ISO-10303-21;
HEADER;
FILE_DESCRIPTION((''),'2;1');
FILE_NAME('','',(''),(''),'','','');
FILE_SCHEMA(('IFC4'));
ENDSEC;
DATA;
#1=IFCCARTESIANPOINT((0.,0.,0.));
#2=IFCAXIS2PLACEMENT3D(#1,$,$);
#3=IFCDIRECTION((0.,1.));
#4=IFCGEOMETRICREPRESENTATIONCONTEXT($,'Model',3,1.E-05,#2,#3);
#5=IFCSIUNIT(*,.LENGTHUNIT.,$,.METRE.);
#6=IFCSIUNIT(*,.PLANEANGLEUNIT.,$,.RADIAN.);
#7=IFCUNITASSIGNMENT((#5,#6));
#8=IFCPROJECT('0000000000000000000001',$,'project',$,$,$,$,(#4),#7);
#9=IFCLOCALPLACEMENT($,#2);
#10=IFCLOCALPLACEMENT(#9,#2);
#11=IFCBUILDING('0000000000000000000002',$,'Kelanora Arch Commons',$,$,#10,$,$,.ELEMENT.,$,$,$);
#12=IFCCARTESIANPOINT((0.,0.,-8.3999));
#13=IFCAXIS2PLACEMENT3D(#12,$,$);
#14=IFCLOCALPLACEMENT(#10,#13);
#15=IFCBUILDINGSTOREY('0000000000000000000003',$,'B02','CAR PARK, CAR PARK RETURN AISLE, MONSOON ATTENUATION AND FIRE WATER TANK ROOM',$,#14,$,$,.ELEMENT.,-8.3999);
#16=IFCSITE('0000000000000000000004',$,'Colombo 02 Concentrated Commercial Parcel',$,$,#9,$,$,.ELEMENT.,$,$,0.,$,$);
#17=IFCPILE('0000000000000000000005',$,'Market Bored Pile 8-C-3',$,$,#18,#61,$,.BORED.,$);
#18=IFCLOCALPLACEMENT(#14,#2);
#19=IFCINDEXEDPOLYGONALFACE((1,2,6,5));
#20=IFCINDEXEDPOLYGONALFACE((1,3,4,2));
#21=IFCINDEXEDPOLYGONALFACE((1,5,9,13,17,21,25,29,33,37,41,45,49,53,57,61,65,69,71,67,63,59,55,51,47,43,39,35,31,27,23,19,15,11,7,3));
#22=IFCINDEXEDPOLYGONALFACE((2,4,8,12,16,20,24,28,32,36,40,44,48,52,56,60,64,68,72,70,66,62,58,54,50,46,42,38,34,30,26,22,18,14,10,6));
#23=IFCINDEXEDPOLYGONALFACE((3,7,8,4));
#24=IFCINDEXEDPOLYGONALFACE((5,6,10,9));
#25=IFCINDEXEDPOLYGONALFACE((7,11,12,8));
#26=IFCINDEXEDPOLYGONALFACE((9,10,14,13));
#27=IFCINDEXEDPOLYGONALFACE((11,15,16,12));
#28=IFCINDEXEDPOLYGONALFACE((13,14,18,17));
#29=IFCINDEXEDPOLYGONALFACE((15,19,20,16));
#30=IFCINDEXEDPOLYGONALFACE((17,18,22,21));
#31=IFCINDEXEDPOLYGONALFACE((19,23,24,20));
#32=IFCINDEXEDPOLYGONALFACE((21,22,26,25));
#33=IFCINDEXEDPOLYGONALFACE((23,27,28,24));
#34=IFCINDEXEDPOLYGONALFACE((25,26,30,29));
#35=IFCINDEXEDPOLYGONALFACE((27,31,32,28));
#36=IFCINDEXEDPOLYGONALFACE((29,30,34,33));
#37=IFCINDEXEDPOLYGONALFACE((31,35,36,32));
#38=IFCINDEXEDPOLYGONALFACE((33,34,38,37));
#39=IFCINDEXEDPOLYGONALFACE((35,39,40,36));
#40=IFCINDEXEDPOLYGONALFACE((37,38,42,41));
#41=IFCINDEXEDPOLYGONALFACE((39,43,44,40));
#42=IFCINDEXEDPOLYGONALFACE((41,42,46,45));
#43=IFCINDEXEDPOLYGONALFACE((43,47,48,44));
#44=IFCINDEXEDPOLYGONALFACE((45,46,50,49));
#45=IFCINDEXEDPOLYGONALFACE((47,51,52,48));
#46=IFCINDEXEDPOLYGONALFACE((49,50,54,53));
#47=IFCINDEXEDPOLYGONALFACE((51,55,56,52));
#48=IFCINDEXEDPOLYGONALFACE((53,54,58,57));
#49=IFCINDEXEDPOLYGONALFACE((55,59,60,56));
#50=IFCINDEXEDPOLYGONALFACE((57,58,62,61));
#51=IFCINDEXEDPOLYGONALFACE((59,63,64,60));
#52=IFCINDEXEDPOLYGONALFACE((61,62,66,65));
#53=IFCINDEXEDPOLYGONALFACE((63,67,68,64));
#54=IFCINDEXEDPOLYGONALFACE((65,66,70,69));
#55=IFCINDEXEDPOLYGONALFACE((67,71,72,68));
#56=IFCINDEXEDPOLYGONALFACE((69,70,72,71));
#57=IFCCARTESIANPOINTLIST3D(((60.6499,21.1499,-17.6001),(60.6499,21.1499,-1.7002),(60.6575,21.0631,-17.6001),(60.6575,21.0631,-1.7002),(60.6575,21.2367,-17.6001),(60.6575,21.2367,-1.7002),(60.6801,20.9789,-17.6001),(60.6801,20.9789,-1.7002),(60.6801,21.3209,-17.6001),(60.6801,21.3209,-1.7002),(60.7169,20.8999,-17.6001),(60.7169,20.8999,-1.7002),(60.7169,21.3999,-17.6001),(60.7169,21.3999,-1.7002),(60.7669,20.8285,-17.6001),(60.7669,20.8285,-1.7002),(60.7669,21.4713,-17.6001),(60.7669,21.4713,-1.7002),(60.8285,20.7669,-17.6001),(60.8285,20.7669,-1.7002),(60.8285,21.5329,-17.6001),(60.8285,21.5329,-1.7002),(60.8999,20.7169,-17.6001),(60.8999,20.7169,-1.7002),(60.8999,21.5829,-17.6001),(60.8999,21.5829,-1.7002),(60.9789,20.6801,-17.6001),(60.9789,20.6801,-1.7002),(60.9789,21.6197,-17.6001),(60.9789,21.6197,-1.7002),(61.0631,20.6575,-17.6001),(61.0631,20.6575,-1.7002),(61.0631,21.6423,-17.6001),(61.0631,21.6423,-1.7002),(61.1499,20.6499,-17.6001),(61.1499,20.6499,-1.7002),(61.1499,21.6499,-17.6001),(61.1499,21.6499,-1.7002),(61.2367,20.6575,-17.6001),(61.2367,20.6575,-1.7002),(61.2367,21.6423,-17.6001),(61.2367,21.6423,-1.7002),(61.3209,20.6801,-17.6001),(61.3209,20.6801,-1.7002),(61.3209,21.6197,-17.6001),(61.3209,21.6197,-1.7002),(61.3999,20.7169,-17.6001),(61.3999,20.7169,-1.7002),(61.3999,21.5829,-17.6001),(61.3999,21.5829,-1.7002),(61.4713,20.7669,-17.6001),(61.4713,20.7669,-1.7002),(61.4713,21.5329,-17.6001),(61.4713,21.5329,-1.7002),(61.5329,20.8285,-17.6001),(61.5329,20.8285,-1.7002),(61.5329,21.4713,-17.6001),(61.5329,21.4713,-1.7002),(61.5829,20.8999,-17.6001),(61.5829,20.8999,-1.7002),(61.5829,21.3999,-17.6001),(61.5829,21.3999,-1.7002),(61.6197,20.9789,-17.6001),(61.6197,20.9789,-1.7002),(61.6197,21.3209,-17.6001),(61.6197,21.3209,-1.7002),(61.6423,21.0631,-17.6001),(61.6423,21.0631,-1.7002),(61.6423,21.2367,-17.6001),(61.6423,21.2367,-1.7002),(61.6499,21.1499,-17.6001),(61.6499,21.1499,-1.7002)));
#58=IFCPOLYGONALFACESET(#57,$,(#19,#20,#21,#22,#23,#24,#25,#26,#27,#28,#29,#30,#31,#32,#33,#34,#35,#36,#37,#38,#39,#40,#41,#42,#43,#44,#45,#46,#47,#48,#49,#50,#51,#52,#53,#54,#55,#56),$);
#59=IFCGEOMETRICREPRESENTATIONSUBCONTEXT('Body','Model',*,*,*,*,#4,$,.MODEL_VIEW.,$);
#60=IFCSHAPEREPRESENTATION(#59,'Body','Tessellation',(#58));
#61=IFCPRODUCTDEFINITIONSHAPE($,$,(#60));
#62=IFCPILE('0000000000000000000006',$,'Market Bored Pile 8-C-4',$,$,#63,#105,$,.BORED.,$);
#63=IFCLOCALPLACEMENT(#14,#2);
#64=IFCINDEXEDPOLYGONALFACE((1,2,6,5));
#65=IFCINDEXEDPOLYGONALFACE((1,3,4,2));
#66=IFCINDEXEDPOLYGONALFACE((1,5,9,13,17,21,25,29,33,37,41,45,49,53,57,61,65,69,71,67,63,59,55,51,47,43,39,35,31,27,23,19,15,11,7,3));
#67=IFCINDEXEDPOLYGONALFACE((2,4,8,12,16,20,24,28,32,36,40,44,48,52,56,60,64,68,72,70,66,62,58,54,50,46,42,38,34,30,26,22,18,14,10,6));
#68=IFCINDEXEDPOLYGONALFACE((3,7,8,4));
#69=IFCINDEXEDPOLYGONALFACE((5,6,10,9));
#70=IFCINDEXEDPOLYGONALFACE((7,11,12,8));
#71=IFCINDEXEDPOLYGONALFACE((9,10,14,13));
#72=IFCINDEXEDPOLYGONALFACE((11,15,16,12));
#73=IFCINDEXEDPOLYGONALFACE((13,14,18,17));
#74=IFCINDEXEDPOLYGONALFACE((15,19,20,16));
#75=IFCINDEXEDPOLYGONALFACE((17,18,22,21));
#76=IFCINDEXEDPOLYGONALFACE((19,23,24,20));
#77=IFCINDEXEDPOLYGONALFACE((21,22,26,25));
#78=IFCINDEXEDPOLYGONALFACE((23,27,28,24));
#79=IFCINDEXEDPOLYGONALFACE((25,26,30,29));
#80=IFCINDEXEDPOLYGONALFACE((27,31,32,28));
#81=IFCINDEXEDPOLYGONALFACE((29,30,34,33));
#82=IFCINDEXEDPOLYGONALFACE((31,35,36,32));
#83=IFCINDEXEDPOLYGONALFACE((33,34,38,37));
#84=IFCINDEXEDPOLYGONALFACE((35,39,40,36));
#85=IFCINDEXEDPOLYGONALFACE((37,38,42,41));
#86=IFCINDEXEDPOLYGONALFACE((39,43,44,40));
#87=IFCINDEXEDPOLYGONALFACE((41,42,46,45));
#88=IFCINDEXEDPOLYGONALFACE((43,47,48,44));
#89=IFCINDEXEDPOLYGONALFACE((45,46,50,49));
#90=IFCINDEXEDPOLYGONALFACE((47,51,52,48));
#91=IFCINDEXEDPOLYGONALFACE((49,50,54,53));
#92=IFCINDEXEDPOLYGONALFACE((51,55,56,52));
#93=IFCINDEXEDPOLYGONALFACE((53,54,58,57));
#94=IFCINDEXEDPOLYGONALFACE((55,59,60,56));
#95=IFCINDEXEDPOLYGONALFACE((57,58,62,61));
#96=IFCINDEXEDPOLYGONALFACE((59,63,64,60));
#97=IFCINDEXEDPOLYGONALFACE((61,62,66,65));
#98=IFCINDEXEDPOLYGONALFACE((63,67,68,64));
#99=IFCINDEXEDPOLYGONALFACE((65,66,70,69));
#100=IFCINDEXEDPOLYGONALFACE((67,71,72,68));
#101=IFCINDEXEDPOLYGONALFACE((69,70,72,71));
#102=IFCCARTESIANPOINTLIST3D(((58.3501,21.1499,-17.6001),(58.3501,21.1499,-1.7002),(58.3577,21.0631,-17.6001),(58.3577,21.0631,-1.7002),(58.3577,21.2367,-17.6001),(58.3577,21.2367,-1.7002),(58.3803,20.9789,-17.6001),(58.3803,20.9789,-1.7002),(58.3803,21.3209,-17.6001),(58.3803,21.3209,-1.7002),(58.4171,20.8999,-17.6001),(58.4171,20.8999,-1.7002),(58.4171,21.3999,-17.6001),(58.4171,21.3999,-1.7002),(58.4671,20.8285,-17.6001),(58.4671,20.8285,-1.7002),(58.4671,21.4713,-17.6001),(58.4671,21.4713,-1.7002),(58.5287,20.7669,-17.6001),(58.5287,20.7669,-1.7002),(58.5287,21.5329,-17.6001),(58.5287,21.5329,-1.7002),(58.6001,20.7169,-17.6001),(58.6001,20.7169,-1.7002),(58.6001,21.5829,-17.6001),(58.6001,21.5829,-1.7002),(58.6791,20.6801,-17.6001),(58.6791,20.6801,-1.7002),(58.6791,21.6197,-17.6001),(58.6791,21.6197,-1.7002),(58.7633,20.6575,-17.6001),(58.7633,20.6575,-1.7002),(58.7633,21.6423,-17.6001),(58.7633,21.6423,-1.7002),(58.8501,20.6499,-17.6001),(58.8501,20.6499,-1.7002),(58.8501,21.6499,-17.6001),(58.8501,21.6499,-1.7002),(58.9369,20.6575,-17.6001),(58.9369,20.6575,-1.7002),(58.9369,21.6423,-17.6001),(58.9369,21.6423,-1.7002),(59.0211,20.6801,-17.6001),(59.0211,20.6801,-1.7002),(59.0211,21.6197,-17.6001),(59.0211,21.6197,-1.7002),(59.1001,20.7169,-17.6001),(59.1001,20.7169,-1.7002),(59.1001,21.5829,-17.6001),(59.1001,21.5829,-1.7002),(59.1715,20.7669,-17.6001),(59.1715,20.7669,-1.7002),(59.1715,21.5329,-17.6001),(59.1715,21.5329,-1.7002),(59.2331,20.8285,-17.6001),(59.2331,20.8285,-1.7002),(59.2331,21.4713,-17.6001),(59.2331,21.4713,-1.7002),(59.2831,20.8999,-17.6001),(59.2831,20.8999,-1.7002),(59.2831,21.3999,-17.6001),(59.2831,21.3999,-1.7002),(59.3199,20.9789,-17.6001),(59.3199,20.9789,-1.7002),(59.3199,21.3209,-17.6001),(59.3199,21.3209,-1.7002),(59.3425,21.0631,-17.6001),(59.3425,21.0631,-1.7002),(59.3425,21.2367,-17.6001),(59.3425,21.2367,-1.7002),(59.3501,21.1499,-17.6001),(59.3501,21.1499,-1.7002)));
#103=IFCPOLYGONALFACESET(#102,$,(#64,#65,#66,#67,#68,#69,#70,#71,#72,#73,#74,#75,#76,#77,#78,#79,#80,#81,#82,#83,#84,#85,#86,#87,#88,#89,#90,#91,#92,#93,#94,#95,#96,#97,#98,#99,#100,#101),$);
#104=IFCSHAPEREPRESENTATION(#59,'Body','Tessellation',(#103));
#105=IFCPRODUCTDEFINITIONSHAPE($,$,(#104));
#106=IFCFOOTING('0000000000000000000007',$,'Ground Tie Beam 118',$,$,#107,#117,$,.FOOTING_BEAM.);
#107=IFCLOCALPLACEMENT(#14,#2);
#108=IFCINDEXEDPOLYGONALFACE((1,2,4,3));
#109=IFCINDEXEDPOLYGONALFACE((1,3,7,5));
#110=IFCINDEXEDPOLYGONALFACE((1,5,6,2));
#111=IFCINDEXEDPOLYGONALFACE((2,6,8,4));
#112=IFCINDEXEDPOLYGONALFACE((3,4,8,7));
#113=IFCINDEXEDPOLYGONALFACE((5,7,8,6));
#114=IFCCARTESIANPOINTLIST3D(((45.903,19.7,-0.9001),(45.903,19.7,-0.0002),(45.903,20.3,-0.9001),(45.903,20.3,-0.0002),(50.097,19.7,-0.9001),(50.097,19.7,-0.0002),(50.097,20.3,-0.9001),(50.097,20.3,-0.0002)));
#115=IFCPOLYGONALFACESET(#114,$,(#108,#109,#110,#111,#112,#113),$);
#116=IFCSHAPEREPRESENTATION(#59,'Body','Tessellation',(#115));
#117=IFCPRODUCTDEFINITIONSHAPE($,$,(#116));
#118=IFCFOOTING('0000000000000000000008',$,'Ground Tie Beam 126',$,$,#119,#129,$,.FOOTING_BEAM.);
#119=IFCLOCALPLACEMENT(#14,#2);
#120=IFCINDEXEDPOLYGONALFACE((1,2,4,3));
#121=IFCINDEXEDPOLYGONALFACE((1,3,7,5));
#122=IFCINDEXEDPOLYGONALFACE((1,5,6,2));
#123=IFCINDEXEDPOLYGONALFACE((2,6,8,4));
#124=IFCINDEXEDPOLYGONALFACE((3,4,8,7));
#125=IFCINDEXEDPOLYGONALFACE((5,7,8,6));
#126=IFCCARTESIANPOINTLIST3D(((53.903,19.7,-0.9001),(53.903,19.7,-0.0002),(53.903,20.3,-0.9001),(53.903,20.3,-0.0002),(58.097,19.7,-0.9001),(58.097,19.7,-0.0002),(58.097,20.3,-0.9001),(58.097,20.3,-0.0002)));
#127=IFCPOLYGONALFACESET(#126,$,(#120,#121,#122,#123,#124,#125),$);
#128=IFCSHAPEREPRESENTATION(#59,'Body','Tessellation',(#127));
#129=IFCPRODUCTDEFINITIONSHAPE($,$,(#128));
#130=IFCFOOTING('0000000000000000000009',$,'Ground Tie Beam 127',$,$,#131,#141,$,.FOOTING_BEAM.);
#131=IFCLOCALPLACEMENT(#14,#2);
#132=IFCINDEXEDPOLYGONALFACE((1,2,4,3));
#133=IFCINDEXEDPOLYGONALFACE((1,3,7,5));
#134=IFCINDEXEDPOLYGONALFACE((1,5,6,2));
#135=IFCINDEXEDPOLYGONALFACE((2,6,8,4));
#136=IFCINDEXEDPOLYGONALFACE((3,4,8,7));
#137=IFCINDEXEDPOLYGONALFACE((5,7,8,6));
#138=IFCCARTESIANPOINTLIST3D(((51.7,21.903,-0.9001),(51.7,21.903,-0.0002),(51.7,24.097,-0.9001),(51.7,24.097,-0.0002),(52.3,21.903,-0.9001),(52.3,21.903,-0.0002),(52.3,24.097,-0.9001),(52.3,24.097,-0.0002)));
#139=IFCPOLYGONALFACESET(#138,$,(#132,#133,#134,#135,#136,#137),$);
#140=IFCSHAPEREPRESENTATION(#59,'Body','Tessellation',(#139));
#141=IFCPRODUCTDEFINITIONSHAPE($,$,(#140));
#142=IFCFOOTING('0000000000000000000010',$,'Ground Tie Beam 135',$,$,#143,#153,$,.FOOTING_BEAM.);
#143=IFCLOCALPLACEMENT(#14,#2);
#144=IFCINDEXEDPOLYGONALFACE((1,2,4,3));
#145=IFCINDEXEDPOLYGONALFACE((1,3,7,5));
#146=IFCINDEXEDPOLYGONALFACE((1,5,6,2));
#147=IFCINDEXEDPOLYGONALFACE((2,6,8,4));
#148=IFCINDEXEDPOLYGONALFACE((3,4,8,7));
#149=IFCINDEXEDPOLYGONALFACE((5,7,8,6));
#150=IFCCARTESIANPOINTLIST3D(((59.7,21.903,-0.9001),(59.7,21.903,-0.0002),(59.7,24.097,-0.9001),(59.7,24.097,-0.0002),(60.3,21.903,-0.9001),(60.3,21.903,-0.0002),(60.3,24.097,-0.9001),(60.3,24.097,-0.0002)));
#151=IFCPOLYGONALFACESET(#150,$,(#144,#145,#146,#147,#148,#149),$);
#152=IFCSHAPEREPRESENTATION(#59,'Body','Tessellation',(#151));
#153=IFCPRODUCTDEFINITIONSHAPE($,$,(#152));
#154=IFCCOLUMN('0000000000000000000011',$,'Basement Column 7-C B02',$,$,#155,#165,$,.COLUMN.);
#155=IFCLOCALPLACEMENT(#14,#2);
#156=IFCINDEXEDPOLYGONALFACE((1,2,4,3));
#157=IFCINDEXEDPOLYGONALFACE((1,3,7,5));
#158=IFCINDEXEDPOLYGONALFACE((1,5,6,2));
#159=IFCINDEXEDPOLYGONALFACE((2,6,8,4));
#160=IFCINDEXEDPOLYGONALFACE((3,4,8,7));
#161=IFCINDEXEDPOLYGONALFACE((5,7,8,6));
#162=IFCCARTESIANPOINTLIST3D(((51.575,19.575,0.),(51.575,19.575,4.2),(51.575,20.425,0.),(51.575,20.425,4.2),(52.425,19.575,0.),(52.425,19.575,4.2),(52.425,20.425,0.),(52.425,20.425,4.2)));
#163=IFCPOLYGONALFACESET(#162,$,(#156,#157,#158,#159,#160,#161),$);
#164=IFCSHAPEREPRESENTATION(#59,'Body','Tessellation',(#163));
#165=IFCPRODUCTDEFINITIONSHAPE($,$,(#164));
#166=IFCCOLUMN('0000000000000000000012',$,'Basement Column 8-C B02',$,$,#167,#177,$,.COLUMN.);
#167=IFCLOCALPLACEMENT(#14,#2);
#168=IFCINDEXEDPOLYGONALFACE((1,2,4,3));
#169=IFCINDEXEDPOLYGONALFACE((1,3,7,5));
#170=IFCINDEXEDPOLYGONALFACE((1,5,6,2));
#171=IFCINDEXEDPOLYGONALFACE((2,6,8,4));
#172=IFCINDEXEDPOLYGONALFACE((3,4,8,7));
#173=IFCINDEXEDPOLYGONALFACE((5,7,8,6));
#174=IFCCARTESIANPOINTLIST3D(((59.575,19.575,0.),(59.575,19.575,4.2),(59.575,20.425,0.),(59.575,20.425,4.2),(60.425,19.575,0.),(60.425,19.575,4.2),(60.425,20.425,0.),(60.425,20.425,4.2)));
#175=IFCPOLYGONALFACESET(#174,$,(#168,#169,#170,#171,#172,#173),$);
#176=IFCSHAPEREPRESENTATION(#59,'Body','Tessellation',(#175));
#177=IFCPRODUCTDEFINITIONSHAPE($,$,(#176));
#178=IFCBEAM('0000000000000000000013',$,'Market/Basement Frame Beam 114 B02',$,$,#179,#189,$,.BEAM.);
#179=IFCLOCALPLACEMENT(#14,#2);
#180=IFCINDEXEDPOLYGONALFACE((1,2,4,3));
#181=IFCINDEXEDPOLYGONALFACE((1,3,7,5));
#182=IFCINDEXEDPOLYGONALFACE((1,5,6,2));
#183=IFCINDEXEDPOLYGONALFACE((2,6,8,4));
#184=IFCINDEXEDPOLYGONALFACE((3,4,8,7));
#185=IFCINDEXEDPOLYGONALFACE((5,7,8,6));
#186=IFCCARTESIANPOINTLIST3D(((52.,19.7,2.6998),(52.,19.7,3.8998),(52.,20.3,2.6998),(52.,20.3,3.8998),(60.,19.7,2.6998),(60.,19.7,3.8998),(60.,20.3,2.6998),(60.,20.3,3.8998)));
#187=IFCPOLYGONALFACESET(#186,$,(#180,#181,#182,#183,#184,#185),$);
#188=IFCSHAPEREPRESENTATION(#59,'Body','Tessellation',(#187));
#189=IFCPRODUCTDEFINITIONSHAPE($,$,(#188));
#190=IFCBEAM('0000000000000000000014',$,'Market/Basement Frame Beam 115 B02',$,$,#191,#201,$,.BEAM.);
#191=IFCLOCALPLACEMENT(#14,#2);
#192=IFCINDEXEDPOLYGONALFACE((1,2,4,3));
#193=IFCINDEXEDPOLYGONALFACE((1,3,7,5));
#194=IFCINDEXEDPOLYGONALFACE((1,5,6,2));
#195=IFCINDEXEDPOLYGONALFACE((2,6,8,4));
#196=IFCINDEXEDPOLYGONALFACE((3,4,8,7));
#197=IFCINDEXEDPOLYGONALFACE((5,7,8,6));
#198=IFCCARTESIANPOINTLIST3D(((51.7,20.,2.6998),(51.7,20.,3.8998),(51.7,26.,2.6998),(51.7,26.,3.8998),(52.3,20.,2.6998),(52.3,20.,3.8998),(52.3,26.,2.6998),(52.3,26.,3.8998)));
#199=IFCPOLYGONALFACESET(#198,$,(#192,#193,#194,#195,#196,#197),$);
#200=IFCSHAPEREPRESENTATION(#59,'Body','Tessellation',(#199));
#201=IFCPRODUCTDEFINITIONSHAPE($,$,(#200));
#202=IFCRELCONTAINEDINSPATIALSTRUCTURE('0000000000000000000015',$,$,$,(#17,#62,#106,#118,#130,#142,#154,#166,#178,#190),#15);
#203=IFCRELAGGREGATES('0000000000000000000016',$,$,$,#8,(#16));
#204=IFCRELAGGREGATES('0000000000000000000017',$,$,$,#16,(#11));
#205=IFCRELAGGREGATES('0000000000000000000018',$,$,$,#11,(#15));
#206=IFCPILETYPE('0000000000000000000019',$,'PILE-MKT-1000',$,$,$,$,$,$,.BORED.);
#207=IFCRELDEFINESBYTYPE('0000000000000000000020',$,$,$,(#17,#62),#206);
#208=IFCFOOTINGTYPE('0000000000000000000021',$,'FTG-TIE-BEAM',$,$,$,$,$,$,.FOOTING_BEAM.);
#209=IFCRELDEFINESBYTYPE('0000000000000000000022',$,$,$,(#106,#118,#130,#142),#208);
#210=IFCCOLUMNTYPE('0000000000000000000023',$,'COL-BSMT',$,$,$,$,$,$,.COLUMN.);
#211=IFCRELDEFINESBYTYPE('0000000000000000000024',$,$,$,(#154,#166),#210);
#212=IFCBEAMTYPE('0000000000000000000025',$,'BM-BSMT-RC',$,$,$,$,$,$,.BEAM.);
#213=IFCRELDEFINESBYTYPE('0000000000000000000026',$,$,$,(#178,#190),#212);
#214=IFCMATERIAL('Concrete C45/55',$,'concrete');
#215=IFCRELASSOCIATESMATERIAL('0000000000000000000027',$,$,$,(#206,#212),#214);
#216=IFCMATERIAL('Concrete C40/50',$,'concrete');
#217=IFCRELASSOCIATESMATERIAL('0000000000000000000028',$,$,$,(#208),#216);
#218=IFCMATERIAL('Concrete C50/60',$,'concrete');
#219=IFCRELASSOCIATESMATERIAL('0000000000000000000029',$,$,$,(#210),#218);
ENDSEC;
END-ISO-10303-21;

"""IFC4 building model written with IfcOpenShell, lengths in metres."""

from ifc_helpers import new_model, si_unit, direction, frame, origin, origin_2d, place, context, subcontext, project, spatial, rectangle, circle, extrude, source, transform, mapped, material, material_profile, profile_set, type_object, element, save


model = new_model("IFC4")

# Units and contexts
model_context = context("Model", 3, precision=1e-05, world=origin(), true_north=direction((0.0, 1.0)))
body_context = subcontext(model_context, "Body", "Model", "MODEL_VIEW")
ifc_project = project(units=[si_unit("LENGTHUNIT", "METRE"), si_unit("PLANEANGLEUNIT", "RADIAN")], contexts=[model_context])

# Site, building, storey
site_placement = place(None, origin())
site = spatial("IfcSite", under=ifc_project, at=site_placement, Name="Colombo 02 Concentrated Commercial Parcel", CompositionType="ELEMENT", RefElevation=0.0)
building_placement = place(site_placement, origin())
building = spatial("IfcBuilding", under=site, at=building_placement, Name="Kelanora Arch Commons", CompositionType="ELEMENT")
storey_placement = place(building_placement, frame((0.0, 0.0, -8.3999)))
storey = spatial("IfcBuildingStorey", under=building, at=storey_placement, Name="B02", Description="CAR PARK, CAR PARK RETURN AISLE, MONSOON ATTENUATION AND FIRE WATER TANK ROOM", CompositionType="ELEMENT", Elevation=-8.3999)

# Shared definitions
ifc_material_1 = material(Name="Concrete C40/50", Category="concrete")

# Piles
ifc_material_2 = material(Name="Concrete C45/55", Category="concrete")
ifc_material_profile_1 = material_profile(ifc_material_2, circle(Radius=0.5, at=origin_2d()), Name="PILE1000")
ifc_profile_set_1 = profile_set([ifc_material_profile_1], Name="Concrete C45/55")
pile_type = type_object("IfcPileType", Name="PILE-MKT-1000", PredefinedType="BORED", material=ifc_profile_set_1)
shared_shape_1 = source(origin(), body_context, "Body", "SweptSolid", [
    extrude(circle(Radius=0.5, at=origin_2d()), origin(), (0.0, 0.0, 1.0), 15.8999),
])
for number, where, z_axis, x_axis, name in (
    (1, (61.1499, 21.1499, -1.7002), (0.0, 0.0, -1.0), (1.0, 0.0, 0.0), "Market Bored Pile 8-C-3"),
    (2, (58.8501, 21.1499, -1.7002), (0.0, 0.0, -1.0), (1.0, 0.0, 0.0), "Market Bored Pile 8-C-4"),
):
    element("IfcPile", number, at=place(storey_placement, frame(where, z_axis=z_axis, x_axis=x_axis)), inside=storey, type_object=pile_type, Name=name, PredefinedType="BORED", context=body_context, shape_type="MappedRepresentation", body=[
        mapped(shared_shape_1, transform((0.0, 0.0, 0.0), scale=1.0)),
    ])

# Footings
footing_type_1 = type_object("IfcFootingType", Name="FTG-TIE-BEAM", PredefinedType="FOOTING_BEAM", material=ifc_material_1)
shared_shape_2 = source(origin(), body_context, "Body", "SweptSolid", [
    extrude(rectangle(XDim=4.1941, YDim=0.6001, at=origin_2d()), origin(), (0.0, 0.0, 1.0), 0.8999),
])
for number, where, z_axis, x_axis, name in (
    (3, (48.0, 20.0, -0.9001), (0.0, 0.0, 1.0), (1.0, 0.0, 0.0), "Ground Tie Beam 118"),
    (4, (56.0, 20.0, -0.9001), (0.0, 0.0, 1.0), (1.0, 0.0, 0.0), "Ground Tie Beam 126"),
):
    element("IfcFooting", number, at=place(storey_placement, frame(where, z_axis=z_axis, x_axis=x_axis)), inside=storey, type_object=footing_type_1, Name=name, PredefinedType="FOOTING_BEAM", context=body_context, shape_type="MappedRepresentation", body=[
        mapped(shared_shape_2, transform((0.0, 0.0, 0.0), scale=1.0)),
    ])
shared_shape_3 = source(origin(), body_context, "Body", "SweptSolid", [
    extrude(rectangle(XDim=2.1941, YDim=0.6001, at=origin_2d()), origin(), (0.0, 0.0, 1.0), 0.8999),
])
for number, where, z_axis, x_axis, name in (
    (5, (52.0, 23.0, -0.9001), (0.0, 0.0, 1.0), (0.0, 1.0, 0.0), "Ground Tie Beam 127"),
    (6, (60.0, 23.0, -0.9001), (0.0, 0.0, 1.0), (0.0, 1.0, 0.0), "Ground Tie Beam 135"),
):
    element("IfcFooting", number, at=place(storey_placement, frame(where, z_axis=z_axis, x_axis=x_axis)), inside=storey, type_object=footing_type_1, Name=name, PredefinedType="FOOTING_BEAM", context=body_context, shape_type="MappedRepresentation", body=[
        mapped(shared_shape_3, transform((0.0, 0.0, 0.0), scale=1.0)),
    ])

# Columns
ifc_material_3 = material(Name="Concrete C50/60", Category="concrete")
ifc_material_profile_2 = material_profile(ifc_material_3, rectangle(XDim=0.8501, YDim=0.8501, at=origin_2d()), Name="RC850x850")
ifc_profile_set_2 = profile_set([ifc_material_profile_2], Name="Concrete C50/60")
column_type = type_object("IfcColumnType", Name="COL-BSMT", PredefinedType="COLUMN", material=ifc_profile_set_2)
for number, where, z_axis, x_axis, name in (
    (7, (52.0, 20.0, 0.0), (0.0, 0.0, 1.0), (1.0, 0.0, 0.0), "Basement Column 7-C B02"),
    (8, (60.0, 20.0, 0.0), (0.0, 0.0, 1.0), (1.0, 0.0, 0.0), "Basement Column 8-C B02"),
):
    element("IfcColumn", number, at=place(storey_placement, frame(where, z_axis=z_axis, x_axis=x_axis)), inside=storey, type_object=column_type, Name=name, PredefinedType="COLUMN", context=body_context, shape_type="SweptSolid", body=[
        extrude(rectangle(XDim=0.8501, YDim=0.8501, at=origin_2d()), origin(), (0.0, 0.0, 1.0), 4.2),
    ])

# Beams
ifc_material_profile_3 = material_profile(ifc_material_2, rectangle(XDim=0.6001, YDim=1.2, at=origin_2d()), Name="RCB600x1200")
ifc_profile_set_3 = profile_set([ifc_material_profile_3], Name="Concrete C45/55")
beam_type = type_object("IfcBeamType", Name="BM-BSMT-RC", PredefinedType="BEAM", material=ifc_profile_set_3)
beam_1_placement = place(storey_placement, frame((52.0, 20.0, 3.2998), z_axis=(1.0, 0.0, 0.0), x_axis=(0.0, 1.0, 0.0)))
element("IfcBeam", 9, at=beam_1_placement, inside=storey, type_object=beam_type, Name="Market/Basement Frame Beam 114 B02", PredefinedType="BEAM", context=body_context, shape_type="SweptSolid", body=[
    extrude(rectangle(XDim=0.6001, YDim=1.2, at=origin_2d()), origin(), (0.0, 0.0, 1.0), 8.0),
])
beam_2_placement = place(storey_placement, frame((52.0, 20.0, 3.2998), z_axis=(0.0, 1.0, 0.0), x_axis=(-1.0, 0.0, 0.0)))
element("IfcBeam", 10, at=beam_2_placement, inside=storey, type_object=beam_type, Name="Market/Basement Frame Beam 115 B02", PredefinedType="BEAM", context=body_context, shape_type="SweptSolid", body=[
    extrude(rectangle(XDim=0.6001, YDim=1.2, at=origin_2d()), origin(), (0.0, 0.0, 1.0), 6.0),
])

save(model, "model.ifc")
